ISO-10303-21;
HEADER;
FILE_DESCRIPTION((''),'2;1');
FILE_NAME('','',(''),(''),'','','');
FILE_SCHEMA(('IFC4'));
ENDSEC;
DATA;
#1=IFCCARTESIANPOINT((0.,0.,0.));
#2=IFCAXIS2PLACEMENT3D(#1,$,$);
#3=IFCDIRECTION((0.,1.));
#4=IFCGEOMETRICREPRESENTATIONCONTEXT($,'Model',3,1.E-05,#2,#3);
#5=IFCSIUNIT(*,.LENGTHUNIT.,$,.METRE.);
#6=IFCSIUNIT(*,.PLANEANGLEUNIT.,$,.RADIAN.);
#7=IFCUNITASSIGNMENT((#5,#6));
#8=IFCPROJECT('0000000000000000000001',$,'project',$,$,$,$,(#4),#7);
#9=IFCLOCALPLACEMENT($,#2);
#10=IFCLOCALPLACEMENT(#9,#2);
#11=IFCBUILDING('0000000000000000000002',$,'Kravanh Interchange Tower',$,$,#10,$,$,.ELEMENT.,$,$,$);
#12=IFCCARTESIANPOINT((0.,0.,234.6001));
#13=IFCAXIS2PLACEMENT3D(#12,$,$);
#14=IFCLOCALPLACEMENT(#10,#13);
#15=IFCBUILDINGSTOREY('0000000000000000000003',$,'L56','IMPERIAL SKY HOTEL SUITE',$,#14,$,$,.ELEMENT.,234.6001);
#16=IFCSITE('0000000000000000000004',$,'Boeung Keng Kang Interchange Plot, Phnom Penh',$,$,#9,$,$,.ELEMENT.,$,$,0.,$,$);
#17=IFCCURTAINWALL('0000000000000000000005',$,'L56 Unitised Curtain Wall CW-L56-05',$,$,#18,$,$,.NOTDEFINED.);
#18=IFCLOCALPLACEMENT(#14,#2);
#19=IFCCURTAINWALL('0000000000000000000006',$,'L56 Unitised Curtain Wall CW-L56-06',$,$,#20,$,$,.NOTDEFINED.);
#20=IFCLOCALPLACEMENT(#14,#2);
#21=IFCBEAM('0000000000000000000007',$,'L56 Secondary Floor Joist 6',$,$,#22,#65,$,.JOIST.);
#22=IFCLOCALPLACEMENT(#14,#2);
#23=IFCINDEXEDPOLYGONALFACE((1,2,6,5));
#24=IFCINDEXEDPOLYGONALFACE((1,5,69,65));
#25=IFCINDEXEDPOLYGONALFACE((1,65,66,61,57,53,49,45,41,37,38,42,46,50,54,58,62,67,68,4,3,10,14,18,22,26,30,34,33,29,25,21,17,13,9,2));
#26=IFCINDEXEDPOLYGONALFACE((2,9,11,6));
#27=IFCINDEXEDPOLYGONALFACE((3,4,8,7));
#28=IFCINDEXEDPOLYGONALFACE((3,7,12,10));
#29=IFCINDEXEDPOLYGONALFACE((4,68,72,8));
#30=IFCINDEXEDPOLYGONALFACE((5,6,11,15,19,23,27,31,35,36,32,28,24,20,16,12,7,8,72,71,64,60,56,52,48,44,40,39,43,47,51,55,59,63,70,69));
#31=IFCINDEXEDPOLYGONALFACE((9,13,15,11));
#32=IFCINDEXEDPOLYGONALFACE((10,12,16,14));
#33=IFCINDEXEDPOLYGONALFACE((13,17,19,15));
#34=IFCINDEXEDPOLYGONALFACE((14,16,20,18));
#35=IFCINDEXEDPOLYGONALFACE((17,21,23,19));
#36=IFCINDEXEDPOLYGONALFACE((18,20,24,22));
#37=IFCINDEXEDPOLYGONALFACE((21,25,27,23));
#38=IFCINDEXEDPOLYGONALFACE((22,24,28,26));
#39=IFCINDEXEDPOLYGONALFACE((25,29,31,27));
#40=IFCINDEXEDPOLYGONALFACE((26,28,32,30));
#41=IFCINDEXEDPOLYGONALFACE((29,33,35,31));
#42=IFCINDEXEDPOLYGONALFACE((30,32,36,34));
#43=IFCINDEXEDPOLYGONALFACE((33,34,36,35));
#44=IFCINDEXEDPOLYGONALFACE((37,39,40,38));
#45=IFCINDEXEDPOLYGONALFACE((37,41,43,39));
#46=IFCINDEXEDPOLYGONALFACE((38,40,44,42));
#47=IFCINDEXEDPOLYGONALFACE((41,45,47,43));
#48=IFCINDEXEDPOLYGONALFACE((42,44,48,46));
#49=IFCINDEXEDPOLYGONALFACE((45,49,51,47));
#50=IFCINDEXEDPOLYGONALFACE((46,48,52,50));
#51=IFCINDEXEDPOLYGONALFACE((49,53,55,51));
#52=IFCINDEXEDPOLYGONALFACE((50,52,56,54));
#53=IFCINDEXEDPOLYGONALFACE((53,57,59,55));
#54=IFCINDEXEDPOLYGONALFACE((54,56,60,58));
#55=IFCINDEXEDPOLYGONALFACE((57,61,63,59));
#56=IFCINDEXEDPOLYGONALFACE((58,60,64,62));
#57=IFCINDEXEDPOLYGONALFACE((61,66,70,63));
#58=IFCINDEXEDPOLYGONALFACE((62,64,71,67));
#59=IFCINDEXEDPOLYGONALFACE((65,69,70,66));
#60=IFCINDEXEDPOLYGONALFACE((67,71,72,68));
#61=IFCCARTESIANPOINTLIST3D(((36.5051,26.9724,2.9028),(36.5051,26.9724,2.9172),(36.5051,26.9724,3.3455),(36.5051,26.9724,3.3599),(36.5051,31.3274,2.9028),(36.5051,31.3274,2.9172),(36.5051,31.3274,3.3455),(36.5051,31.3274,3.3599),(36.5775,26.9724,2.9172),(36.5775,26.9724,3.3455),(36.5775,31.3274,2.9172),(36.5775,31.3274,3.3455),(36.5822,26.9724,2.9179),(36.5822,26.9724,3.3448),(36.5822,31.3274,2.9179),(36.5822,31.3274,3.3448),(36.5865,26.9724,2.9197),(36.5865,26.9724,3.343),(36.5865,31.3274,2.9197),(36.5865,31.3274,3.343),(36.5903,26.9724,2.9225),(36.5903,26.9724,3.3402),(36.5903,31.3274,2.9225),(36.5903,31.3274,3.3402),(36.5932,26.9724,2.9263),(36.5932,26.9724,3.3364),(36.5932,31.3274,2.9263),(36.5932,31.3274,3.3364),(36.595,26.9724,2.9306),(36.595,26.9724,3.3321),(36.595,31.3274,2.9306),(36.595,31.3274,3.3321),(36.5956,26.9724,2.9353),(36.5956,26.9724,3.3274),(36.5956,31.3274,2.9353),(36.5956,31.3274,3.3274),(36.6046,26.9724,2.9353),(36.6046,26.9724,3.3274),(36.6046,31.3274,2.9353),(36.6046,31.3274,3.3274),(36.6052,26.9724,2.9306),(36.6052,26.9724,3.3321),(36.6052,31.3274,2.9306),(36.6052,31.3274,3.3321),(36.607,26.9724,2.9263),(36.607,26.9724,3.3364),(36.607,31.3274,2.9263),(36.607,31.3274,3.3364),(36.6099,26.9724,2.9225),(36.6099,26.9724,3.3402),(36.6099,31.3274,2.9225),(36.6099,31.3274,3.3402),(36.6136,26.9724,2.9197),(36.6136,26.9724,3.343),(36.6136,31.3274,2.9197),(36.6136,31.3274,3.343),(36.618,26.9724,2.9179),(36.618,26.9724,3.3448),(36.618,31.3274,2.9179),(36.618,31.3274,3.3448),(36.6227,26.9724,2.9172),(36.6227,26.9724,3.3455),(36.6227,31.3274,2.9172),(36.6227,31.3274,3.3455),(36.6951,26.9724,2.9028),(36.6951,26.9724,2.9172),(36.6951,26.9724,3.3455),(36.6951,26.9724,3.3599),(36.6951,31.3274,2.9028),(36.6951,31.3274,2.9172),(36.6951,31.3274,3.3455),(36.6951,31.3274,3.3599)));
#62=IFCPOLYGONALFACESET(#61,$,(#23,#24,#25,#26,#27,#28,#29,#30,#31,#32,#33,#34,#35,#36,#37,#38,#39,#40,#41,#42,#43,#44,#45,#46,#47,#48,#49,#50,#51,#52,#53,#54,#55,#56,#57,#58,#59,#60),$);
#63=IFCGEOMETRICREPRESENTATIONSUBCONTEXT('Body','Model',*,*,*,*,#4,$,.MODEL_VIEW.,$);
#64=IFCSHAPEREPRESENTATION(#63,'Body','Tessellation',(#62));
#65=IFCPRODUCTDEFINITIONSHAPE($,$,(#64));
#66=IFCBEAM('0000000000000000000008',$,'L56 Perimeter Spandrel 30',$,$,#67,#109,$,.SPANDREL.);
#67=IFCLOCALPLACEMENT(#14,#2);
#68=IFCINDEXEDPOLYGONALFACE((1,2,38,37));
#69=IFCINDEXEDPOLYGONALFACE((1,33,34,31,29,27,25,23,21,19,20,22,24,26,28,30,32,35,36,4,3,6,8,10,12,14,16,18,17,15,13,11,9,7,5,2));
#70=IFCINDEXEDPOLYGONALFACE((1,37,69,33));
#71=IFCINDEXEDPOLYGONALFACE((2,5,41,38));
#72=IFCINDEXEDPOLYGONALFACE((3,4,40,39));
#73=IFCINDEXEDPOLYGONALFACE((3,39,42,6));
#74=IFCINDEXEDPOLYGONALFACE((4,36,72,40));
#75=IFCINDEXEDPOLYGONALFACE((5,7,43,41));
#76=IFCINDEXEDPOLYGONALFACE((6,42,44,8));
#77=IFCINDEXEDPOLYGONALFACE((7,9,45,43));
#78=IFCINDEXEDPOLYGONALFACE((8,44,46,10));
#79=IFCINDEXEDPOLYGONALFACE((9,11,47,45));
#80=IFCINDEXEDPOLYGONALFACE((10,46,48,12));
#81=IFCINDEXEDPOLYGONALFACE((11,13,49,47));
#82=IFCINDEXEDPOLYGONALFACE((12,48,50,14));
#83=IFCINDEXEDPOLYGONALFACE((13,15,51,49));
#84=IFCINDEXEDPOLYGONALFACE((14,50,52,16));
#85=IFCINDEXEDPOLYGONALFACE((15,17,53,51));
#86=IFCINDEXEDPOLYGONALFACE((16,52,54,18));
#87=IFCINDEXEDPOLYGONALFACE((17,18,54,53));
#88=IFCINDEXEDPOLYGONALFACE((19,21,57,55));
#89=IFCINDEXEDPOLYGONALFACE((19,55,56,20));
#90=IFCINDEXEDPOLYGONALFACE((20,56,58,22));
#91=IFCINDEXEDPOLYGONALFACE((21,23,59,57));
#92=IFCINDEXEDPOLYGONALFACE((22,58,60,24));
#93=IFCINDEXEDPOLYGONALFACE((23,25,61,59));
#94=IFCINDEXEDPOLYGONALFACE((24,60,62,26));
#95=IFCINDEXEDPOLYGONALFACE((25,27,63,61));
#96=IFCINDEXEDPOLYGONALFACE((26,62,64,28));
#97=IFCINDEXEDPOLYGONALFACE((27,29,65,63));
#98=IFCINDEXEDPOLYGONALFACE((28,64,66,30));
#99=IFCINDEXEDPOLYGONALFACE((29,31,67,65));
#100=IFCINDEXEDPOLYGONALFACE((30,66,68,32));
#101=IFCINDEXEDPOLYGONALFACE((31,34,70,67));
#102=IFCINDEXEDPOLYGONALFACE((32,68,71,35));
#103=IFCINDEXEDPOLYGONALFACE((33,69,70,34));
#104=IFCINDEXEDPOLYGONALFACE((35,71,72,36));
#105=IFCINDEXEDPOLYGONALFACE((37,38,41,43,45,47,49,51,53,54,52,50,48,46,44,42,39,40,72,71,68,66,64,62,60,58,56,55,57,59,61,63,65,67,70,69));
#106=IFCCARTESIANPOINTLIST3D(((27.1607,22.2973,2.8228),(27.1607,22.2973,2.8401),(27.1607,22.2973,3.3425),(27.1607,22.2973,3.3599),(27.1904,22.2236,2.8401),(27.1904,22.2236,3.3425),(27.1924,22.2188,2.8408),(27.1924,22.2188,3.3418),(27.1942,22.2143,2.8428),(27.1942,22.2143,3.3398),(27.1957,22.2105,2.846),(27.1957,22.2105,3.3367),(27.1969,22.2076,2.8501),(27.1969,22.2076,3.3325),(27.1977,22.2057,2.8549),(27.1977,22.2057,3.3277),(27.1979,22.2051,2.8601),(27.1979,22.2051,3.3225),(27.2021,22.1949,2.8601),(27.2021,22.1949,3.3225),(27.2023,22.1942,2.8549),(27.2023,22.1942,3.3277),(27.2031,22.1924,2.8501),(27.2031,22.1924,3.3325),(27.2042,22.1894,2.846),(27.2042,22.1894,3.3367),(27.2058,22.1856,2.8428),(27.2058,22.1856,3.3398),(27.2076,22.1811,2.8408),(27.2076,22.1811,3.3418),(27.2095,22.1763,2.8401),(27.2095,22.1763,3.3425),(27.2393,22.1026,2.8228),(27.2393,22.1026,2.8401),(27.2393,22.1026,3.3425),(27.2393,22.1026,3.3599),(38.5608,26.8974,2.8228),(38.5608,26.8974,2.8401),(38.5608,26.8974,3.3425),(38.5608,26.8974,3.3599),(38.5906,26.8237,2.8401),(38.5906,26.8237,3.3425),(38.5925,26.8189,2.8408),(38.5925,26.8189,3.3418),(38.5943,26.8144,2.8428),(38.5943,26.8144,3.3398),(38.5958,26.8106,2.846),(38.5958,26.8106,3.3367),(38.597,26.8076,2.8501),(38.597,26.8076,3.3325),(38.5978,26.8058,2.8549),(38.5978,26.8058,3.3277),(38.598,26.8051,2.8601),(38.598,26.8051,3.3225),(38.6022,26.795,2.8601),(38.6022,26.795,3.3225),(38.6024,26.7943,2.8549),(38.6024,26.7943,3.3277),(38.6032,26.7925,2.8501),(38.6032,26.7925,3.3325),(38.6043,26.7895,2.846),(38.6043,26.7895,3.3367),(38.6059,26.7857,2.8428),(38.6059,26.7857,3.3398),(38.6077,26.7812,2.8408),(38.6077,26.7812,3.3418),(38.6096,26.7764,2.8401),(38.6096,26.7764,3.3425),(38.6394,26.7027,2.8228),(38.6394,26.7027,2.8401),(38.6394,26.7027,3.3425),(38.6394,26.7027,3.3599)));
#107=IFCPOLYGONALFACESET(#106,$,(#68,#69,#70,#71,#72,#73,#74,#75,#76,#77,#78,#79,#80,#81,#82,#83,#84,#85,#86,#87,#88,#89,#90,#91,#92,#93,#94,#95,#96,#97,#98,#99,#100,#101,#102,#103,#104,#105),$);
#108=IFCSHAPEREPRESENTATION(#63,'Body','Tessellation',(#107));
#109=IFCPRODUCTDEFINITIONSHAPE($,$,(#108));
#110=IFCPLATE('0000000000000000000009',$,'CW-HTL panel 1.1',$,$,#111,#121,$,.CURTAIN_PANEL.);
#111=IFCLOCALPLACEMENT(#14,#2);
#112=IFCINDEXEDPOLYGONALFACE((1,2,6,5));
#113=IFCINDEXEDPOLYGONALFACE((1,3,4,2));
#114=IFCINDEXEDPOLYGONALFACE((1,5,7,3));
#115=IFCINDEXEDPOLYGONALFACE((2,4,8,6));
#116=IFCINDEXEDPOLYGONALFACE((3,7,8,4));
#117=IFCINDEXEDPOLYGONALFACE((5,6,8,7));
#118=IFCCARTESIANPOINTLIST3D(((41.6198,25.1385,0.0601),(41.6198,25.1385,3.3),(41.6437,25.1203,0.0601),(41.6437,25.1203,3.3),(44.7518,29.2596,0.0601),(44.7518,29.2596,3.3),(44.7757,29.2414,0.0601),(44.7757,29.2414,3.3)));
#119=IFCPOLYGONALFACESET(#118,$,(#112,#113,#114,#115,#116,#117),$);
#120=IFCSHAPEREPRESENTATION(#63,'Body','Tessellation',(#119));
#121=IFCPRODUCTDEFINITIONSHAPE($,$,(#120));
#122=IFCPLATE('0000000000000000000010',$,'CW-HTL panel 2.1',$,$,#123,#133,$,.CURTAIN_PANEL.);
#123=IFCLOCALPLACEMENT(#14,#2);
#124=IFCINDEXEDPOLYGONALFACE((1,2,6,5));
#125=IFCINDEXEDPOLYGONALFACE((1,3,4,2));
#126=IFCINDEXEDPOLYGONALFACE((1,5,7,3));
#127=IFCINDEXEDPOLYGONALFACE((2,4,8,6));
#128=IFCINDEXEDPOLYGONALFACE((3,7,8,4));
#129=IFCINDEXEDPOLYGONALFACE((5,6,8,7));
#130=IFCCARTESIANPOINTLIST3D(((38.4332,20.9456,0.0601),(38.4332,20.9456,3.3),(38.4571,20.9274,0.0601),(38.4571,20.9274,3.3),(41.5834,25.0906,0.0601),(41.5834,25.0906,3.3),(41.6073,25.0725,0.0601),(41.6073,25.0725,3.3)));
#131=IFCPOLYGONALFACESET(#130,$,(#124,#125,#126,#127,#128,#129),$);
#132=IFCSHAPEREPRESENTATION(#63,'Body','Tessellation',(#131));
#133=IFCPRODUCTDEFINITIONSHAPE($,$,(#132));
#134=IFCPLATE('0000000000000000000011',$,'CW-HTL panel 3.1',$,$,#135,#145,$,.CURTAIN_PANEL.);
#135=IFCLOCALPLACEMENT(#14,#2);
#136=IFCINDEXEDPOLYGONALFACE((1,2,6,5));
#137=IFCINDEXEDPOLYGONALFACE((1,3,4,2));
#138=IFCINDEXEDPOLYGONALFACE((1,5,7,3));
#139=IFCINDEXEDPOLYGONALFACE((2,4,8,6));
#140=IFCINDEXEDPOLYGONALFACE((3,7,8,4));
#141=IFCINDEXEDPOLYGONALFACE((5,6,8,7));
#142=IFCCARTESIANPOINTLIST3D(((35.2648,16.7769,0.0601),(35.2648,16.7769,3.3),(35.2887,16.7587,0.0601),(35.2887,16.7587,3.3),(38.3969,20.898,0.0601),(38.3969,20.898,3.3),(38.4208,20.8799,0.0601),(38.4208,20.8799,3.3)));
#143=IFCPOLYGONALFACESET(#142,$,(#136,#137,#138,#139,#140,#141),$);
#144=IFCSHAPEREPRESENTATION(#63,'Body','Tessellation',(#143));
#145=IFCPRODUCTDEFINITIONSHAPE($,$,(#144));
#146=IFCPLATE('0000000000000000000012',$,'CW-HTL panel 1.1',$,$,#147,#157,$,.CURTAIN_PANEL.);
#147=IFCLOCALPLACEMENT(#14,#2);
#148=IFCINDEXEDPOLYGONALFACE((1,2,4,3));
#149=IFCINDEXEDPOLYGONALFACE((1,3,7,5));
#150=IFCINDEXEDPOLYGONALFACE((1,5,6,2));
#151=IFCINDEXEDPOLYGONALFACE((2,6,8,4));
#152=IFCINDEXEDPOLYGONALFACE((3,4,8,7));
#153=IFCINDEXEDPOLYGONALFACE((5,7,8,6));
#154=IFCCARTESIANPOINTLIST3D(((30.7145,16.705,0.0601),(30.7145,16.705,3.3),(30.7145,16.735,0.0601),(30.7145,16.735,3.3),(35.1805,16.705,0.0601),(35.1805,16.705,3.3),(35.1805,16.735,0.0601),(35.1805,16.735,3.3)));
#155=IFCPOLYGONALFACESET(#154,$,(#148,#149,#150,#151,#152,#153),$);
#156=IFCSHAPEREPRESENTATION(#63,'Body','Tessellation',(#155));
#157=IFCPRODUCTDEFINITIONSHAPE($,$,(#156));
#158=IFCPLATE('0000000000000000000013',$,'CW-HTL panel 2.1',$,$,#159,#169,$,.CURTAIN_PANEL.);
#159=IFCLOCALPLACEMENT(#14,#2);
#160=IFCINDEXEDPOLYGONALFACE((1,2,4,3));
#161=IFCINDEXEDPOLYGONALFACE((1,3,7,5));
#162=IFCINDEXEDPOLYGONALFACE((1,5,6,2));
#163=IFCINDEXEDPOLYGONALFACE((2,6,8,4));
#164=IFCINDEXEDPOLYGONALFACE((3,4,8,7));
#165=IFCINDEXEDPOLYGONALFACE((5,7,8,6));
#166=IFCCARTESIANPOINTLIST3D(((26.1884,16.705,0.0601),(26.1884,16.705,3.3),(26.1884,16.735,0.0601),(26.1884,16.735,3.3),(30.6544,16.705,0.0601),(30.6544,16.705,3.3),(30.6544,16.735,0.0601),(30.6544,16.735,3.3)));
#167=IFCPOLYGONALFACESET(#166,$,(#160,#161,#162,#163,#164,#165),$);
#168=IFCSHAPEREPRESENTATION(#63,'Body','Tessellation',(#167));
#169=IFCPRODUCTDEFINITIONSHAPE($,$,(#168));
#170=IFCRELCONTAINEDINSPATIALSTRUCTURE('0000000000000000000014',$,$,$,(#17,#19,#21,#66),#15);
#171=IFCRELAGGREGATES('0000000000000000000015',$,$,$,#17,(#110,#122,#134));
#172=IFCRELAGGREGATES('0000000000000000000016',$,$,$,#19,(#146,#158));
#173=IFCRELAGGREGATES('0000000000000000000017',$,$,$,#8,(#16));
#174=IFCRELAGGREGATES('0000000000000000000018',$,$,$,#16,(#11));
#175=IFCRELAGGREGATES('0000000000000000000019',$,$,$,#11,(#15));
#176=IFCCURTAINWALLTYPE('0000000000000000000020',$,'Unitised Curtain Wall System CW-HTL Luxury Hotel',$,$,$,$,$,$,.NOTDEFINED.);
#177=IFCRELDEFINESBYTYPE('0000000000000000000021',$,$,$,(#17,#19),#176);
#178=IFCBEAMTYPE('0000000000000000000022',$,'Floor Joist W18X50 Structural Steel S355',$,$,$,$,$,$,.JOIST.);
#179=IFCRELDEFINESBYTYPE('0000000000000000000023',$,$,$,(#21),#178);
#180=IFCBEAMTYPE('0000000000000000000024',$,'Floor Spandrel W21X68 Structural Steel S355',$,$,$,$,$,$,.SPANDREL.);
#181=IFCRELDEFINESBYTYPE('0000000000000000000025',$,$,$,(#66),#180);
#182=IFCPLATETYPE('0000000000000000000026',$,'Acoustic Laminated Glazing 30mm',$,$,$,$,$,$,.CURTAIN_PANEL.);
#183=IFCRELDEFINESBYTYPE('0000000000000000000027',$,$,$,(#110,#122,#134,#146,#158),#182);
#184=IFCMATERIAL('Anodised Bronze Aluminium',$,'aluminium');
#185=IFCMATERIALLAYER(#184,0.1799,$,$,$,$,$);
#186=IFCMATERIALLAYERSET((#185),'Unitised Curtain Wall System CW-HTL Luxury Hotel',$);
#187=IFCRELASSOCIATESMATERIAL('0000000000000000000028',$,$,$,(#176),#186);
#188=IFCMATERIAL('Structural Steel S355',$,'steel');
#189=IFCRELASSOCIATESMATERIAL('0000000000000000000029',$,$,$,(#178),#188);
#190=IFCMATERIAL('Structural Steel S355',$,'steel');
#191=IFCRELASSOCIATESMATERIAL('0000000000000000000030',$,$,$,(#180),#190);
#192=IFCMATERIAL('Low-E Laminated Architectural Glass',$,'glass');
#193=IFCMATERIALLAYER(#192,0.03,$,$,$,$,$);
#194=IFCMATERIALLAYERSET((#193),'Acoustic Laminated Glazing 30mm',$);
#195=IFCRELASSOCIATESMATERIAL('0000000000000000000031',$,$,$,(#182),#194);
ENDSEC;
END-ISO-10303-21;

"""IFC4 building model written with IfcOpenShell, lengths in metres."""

from ifc_helpers import new_model, si_unit, direction, frame, origin, origin_2d, place, context, subcontext, project, spatial, rectangle, i_section, extrude, material, layer, layer_set, material_profile, profile_set, type_object, element, aggregate, save


model = new_model("IFC4")

# Units and contexts
model_context = context("Model", 3, precision=1e-05, world=origin(), true_north=direction((0.0, 1.0)))
body_context = subcontext(model_context, "Body", "Model", "MODEL_VIEW")
ifc_project = project(units=[si_unit("LENGTHUNIT", "METRE"), si_unit("PLANEANGLEUNIT", "RADIAN")], contexts=[model_context])

# Site, building, storey
site_placement = place(None, origin())
site = spatial("IfcSite", under=ifc_project, at=site_placement, Name="Boeung Keng Kang Interchange Plot, Phnom Penh", CompositionType="ELEMENT", RefElevation=0.0)
building_placement = place(site_placement, origin())
building = spatial("IfcBuilding", under=site, at=building_placement, Name="Kravanh Interchange Tower", CompositionType="ELEMENT")
storey_placement = place(building_placement, frame((0.0, 0.0, 234.6001)))
storey = spatial("IfcBuildingStorey", under=building, at=storey_placement, Name="L56", Description="IMPERIAL SKY HOTEL SUITE", CompositionType="ELEMENT", Elevation=234.6001)

# Curtain walls
ifc_material_1 = material(Name="Anodised Bronze Aluminium", Category="aluminium")
ifc_layer_1 = layer(ifc_material_1, 0.1799)
ifc_layer_set_1 = layer_set([ifc_layer_1], Name="Unitised Curtain Wall System CW-HTL Luxury Hotel")
curtain_wall_type = type_object("IfcCurtainWallType", Name="Unitised Curtain Wall System CW-HTL Luxury Hotel", PredefinedType="NOTDEFINED", material=ifc_layer_set_1)
curtain_wall_1_placement = place(storey_placement, origin())
curtain_wall_1 = element("IfcCurtainWall", 1, at=curtain_wall_1_placement, inside=storey, type_object=curtain_wall_type, Name="L56 Unitised Curtain Wall CW-L56-05", PredefinedType="NOTDEFINED")
curtain_wall_2_placement = place(storey_placement, origin())
curtain_wall_2 = element("IfcCurtainWall", 2, at=curtain_wall_2_placement, inside=storey, type_object=curtain_wall_type, Name="L56 Unitised Curtain Wall CW-L56-06", PredefinedType="NOTDEFINED")

# Beams
ifc_material_2 = material(Name="Structural Steel S355", Category="steel")
ifc_material_profile_1 = material_profile(ifc_material_2, i_section(OverallWidth=0.1899, OverallDepth=0.457, WebThickness=0.009, FlangeThickness=0.0144, FilletRadius=0.0181, at=origin_2d()), Name="W18X50")
ifc_profile_set_1 = profile_set([ifc_material_profile_1], Name="Structural Steel S355")
beam_type_1 = type_object("IfcBeamType", Name="Floor Joist W18X50 Structural Steel S355", PredefinedType="JOIST", material=ifc_profile_set_1)
for number, where, z_axis, x_axis, name in (
    (3, (36.6001, 26.9724, 3.1313), (0.0, 1.0, 0.0), (-1.0, 0.0, 0.0), "L56 Secondary Floor Joist 6"),
):
    element("IfcBeam", number, at=place(storey_placement, frame(where, z_axis=z_axis, x_axis=x_axis)), inside=storey, type_object=beam_type_1, Name=name, PredefinedType="JOIST", context=body_context, shape_type="SweptSolid", body=[
        extrude(i_section(OverallWidth=0.1899, OverallDepth=0.457, WebThickness=0.009, FlangeThickness=0.0144, FilletRadius=0.0181, at=origin_2d()), origin(), (0.0, 0.0, 1.0), 4.355),
    ])
ifc_material_3 = material(Name="Structural Steel S355", Category="steel")
ifc_material_profile_2 = material_profile(ifc_material_3, i_section(OverallWidth=0.21, OverallDepth=0.5371, WebThickness=0.011, FlangeThickness=0.0173, FilletRadius=0.02, at=origin_2d()), Name="W21X68")
ifc_profile_set_2 = profile_set([ifc_material_profile_2], Name="Structural Steel S355")
beam_type_2 = type_object("IfcBeamType", Name="Floor Spandrel W21X68 Structural Steel S355", PredefinedType="SPANDREL", material=ifc_profile_set_2)
beam_1_placement = place(storey_placement, frame((38.6001, 26.8, 3.0913), z_axis=(-0.927349, -0.374197, 0.0), x_axis=(0.374197, -0.927349, 0.0)))
element("IfcBeam", 4, at=beam_1_placement, inside=storey, type_object=beam_type_2, Name="L56 Perimeter Spandrel 30", PredefinedType="SPANDREL", context=body_context, shape_type="SweptSolid", body=[
    extrude(i_section(OverallWidth=0.21, OverallDepth=0.5371, WebThickness=0.011, FlangeThickness=0.0173, FilletRadius=0.02, at=origin_2d()), origin(), (0.0, 0.0, 1.0), 12.2932),
])

# Plates
ifc_material_4 = material(Name="Low-E Laminated Architectural Glass", Category="glass")
ifc_layer_2 = layer(ifc_material_4, 0.03)
ifc_layer_set_2 = layer_set([ifc_layer_2], Name="Acoustic Laminated Glazing 30mm")
plate_type = type_object("IfcPlateType", Name="Acoustic Laminated Glazing 30mm", PredefinedType="CURTAIN_PANEL", material=ifc_layer_set_2)
plate_1_placement = place(storey_placement, frame((43.1978, 27.1899, 0.0601), z_axis=(0.0, 0.0, 1.0), x_axis=(-0.605083, -0.796162, 0.0)))
plate_1 = element("IfcPlate", 5, at=plate_1_placement, type_object=plate_type, Name="CW-HTL panel 1.1", PredefinedType="CURTAIN_PANEL", context=body_context, shape_type="SweptSolid", body=[
    extrude(rectangle(XDim=5.1763, YDim=0.03, at=origin_2d()), origin(), (0.0, 0.0, 1.0), 3.24),
])
plate_2_placement = place(storey_placement, frame((40.0203, 23.009, 0.0601), z_axis=(0.0, 0.0, 1.0), x_axis=(-0.605083, -0.796162, 0.0)))
plate_2 = element("IfcPlate", 6, at=plate_2_placement, type_object=plate_type, Name="CW-HTL panel 2.1", PredefinedType="CURTAIN_PANEL", context=body_context, shape_type="SweptSolid", body=[
    extrude(rectangle(XDim=5.2063, YDim=0.03, at=origin_2d()), origin(), (0.0, 0.0, 1.0), 3.24),
])
plate_3_placement = place(storey_placement, frame((36.8428, 18.8284, 0.0601), z_axis=(0.0, 0.0, 1.0), x_axis=(-0.605083, -0.796162, 0.0)))
plate_3 = element("IfcPlate", 7, at=plate_3_placement, type_object=plate_type, Name="CW-HTL panel 3.1", PredefinedType="CURTAIN_PANEL", context=body_context, shape_type="SweptSolid", body=[
    extrude(rectangle(XDim=5.1763, YDim=0.03, at=origin_2d()), origin(), (0.0, 0.0, 1.0), 3.24),
])
aggregate(curtain_wall_1, [plate_1, plate_2, plate_3])
plate_4_placement = place(storey_placement, frame((32.9475, 16.72, 0.0601), z_axis=(0.0, 0.0, 1.0), x_axis=(-1.0, 0.0, 0.0)))
plate_4 = element("IfcPlate", 8, at=plate_4_placement, type_object=plate_type, Name="CW-HTL panel 1.1", PredefinedType="CURTAIN_PANEL", context=body_context, shape_type="SweptSolid", body=[
    extrude(rectangle(XDim=4.4661, YDim=0.03, at=origin_2d()), origin(), (0.0, 0.0, 1.0), 3.24),
])
plate_5_placement = place(storey_placement, frame((28.4214, 16.72, 0.0601), z_axis=(0.0, 0.0, 1.0), x_axis=(-1.0, 0.0, 0.0)))
plate_5 = element("IfcPlate", 9, at=plate_5_placement, type_object=plate_type, Name="CW-HTL panel 2.1", PredefinedType="CURTAIN_PANEL", context=body_context, shape_type="SweptSolid", body=[
    extrude(rectangle(XDim=4.4661, YDim=0.03, at=origin_2d()), origin(), (0.0, 0.0, 1.0), 3.24),
])
aggregate(curtain_wall_2, [plate_4, plate_5])

save(model, "model.ifc")
